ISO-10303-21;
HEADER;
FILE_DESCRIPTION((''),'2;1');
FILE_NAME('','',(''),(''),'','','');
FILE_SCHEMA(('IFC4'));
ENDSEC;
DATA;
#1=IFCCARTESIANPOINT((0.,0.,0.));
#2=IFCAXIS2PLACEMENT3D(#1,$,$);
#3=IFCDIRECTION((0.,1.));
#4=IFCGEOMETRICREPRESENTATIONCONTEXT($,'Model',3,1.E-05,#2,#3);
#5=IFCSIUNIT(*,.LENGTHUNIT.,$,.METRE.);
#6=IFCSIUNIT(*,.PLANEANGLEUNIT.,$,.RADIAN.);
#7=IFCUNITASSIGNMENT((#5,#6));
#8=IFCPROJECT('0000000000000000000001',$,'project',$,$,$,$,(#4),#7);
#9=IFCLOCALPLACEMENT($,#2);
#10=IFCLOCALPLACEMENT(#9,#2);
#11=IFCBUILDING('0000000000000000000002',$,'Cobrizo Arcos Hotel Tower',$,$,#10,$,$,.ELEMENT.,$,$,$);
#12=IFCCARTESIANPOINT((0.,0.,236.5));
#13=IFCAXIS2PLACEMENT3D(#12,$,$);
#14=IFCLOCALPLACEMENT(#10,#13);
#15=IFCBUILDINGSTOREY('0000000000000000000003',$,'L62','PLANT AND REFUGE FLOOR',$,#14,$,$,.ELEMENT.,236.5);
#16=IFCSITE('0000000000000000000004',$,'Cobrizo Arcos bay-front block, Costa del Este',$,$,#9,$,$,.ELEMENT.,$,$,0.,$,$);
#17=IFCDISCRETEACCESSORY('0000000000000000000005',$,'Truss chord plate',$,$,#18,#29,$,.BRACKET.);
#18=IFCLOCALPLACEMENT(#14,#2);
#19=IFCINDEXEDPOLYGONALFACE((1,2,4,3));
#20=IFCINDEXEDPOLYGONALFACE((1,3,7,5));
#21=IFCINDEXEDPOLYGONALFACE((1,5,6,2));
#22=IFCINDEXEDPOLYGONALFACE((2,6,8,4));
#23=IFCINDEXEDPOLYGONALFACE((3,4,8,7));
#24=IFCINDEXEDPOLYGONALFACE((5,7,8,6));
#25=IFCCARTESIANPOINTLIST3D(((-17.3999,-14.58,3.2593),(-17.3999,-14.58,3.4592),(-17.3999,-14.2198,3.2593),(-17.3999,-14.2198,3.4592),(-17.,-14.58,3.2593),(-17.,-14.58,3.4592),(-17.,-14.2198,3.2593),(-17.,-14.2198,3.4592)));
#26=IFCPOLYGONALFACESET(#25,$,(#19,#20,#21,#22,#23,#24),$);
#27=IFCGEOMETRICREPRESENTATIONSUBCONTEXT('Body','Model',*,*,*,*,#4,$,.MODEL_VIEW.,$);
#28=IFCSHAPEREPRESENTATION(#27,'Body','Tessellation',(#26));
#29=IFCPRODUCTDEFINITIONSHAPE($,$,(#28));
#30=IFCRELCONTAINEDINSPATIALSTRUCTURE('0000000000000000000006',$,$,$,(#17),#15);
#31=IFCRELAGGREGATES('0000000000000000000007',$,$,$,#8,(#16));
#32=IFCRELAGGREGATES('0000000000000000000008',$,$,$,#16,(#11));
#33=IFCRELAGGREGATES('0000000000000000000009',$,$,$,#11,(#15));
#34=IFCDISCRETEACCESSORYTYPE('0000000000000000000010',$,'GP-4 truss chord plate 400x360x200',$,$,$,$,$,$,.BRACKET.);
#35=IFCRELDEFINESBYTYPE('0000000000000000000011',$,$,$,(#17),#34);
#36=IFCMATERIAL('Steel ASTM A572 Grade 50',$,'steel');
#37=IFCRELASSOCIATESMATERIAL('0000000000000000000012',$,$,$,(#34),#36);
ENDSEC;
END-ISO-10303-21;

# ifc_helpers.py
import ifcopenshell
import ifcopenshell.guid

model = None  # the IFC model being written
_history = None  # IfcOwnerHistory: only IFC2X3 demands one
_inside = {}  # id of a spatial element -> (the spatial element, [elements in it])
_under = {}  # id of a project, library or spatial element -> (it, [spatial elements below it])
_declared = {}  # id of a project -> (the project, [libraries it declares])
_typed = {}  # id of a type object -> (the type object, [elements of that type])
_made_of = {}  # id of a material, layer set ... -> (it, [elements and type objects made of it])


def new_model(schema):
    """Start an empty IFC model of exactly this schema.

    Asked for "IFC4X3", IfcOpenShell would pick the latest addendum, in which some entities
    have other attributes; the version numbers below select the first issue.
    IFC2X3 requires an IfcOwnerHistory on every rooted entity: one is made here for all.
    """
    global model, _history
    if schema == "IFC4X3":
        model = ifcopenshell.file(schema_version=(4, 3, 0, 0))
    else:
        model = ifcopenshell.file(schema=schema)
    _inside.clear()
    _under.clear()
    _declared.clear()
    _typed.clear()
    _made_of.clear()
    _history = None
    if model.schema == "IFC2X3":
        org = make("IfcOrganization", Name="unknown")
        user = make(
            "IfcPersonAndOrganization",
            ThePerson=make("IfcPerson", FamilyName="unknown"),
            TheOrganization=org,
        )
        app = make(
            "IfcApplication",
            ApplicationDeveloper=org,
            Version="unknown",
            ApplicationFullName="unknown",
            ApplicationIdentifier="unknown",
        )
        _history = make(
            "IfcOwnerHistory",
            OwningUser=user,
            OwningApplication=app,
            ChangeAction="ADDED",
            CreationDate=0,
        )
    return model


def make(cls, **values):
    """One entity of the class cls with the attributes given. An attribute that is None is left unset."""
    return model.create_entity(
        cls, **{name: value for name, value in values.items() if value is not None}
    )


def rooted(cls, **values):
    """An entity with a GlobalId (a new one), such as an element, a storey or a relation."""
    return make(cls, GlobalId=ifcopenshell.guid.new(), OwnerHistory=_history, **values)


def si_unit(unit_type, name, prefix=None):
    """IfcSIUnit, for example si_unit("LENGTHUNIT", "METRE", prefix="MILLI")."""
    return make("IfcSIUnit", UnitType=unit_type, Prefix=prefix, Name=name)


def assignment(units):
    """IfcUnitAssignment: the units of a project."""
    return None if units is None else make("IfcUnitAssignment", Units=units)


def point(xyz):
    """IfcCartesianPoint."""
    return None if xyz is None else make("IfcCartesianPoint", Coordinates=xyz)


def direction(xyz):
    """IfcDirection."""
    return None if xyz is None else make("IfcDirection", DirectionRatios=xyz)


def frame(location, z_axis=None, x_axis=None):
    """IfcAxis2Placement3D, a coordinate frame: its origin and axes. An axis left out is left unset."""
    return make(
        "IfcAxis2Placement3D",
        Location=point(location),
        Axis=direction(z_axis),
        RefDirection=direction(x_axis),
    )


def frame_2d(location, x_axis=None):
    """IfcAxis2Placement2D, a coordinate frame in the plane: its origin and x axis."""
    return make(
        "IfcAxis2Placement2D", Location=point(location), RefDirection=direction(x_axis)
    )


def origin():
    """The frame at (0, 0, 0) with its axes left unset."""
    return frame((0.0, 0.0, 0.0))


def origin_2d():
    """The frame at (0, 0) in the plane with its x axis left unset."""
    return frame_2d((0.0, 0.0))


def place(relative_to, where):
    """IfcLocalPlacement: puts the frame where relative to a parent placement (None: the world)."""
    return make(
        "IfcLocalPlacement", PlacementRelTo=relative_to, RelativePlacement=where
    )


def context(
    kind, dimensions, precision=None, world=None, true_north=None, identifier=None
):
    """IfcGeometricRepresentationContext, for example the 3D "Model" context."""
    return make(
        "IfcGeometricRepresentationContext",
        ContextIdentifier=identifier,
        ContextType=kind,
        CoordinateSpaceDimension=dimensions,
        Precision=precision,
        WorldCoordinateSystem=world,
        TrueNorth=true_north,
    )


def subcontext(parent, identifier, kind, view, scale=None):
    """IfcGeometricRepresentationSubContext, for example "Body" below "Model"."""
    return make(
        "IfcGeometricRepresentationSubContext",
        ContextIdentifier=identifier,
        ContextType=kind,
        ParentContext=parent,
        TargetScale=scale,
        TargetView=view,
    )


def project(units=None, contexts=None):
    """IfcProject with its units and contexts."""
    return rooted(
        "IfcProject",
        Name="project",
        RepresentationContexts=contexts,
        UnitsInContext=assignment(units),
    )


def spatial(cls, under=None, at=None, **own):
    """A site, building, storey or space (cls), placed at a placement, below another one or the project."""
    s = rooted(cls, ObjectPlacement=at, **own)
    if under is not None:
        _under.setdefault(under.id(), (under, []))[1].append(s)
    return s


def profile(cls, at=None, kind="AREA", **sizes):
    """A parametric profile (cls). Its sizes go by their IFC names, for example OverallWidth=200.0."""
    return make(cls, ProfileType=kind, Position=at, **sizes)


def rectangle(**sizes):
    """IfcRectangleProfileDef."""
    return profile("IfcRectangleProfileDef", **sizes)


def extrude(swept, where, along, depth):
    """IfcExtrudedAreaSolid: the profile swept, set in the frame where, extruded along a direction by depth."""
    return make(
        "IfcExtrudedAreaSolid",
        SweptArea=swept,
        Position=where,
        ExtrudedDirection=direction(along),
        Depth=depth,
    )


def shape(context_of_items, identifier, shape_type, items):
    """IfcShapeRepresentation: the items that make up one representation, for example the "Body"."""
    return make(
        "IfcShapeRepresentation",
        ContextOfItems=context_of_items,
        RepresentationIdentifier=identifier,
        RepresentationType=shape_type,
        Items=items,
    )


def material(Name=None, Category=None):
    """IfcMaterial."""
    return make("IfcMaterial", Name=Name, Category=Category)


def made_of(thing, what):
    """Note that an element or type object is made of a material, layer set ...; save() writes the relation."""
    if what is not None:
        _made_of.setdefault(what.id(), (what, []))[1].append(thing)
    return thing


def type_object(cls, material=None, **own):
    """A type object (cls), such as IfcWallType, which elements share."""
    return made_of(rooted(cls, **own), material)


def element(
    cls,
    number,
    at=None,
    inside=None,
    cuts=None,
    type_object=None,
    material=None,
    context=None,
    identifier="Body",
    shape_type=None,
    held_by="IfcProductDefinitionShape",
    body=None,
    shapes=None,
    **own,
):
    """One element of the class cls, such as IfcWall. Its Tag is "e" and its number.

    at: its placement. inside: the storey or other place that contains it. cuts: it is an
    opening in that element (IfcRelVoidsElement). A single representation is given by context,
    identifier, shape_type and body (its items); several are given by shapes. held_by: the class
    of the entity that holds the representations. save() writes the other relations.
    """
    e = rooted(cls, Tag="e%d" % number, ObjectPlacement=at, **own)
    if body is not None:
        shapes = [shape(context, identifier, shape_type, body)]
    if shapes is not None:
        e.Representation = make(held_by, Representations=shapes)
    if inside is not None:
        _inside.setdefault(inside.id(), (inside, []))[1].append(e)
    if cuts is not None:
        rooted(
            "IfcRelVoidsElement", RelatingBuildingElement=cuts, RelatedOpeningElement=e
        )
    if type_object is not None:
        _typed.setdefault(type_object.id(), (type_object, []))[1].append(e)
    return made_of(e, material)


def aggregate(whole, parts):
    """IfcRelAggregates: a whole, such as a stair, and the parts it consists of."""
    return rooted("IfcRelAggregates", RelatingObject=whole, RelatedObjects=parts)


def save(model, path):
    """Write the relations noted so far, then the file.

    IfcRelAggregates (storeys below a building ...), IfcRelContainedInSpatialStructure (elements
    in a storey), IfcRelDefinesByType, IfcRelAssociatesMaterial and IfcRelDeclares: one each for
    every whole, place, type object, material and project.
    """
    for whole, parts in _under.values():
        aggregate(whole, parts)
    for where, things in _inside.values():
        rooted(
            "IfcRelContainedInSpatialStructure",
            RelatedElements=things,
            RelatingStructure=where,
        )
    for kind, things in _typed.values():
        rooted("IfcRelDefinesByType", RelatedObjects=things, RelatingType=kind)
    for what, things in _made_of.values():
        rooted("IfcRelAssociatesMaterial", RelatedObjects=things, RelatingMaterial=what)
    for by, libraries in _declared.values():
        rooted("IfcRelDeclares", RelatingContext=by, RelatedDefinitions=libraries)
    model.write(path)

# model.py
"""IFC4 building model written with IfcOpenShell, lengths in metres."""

from ifc_helpers import new_model, si_unit, direction, frame, origin, origin_2d, place, context, subcontext, project, spatial, rectangle, extrude, material, type_object, element, save


model = new_model("IFC4")

# Units and contexts
model_context = context("Model", 3, precision=1e-05, world=origin(), true_north=direction((0.0, 1.0)))
body_context = subcontext(model_context, "Body", "Model", "MODEL_VIEW")
ifc_project = project(units=[si_unit("LENGTHUNIT", "METRE"), si_unit("PLANEANGLEUNIT", "RADIAN")], contexts=[model_context])

# Site, building, storey
site_placement = place(None, origin())
site = spatial("IfcSite", under=ifc_project, at=site_placement, Name="Cobrizo Arcos bay-front block, Costa del Este", CompositionType="ELEMENT", RefElevation=0.0)
building_placement = place(site_placement, origin())
building = spatial("IfcBuilding", under=site, at=building_placement, Name="Cobrizo Arcos Hotel Tower", CompositionType="ELEMENT")
storey_placement = place(building_placement, frame((0.0, 0.0, 236.5)))
storey = spatial("IfcBuildingStorey", under=building, at=storey_placement, Name="L62", Description="PLANT AND REFUGE FLOOR", CompositionType="ELEMENT", Elevation=236.5)

# Discrete accessory
ifc_material_1 = material(Name="Steel ASTM A572 Grade 50", Category="steel")
discrete_accessory_type_1 = type_object("IfcDiscreteAccessoryType", Name="GP-4 truss chord plate 400x360x200", PredefinedType="BRACKET", material=ifc_material_1)
for number, where, z_axis, x_axis, name in (
    (1, (-17.2, -14.3999, 3.2593), (0.0, 0.0, 1.0), (1.0, 0.0, 0.0), "Truss chord plate"),
):
    element("IfcDiscreteAccessory", number, at=place(storey_placement, frame(where, z_axis=z_axis, x_axis=x_axis)), inside=storey, type_object=discrete_accessory_type_1, Name=name, PredefinedType="BRACKET", context=body_context, shape_type="SweptSolid", body=[
        extrude(rectangle(XDim=0.3999, YDim=0.3601, at=origin_2d()), origin(), (0.0, 0.0, 1.0), 0.2),
    ])

save(model, "model.ifc")
